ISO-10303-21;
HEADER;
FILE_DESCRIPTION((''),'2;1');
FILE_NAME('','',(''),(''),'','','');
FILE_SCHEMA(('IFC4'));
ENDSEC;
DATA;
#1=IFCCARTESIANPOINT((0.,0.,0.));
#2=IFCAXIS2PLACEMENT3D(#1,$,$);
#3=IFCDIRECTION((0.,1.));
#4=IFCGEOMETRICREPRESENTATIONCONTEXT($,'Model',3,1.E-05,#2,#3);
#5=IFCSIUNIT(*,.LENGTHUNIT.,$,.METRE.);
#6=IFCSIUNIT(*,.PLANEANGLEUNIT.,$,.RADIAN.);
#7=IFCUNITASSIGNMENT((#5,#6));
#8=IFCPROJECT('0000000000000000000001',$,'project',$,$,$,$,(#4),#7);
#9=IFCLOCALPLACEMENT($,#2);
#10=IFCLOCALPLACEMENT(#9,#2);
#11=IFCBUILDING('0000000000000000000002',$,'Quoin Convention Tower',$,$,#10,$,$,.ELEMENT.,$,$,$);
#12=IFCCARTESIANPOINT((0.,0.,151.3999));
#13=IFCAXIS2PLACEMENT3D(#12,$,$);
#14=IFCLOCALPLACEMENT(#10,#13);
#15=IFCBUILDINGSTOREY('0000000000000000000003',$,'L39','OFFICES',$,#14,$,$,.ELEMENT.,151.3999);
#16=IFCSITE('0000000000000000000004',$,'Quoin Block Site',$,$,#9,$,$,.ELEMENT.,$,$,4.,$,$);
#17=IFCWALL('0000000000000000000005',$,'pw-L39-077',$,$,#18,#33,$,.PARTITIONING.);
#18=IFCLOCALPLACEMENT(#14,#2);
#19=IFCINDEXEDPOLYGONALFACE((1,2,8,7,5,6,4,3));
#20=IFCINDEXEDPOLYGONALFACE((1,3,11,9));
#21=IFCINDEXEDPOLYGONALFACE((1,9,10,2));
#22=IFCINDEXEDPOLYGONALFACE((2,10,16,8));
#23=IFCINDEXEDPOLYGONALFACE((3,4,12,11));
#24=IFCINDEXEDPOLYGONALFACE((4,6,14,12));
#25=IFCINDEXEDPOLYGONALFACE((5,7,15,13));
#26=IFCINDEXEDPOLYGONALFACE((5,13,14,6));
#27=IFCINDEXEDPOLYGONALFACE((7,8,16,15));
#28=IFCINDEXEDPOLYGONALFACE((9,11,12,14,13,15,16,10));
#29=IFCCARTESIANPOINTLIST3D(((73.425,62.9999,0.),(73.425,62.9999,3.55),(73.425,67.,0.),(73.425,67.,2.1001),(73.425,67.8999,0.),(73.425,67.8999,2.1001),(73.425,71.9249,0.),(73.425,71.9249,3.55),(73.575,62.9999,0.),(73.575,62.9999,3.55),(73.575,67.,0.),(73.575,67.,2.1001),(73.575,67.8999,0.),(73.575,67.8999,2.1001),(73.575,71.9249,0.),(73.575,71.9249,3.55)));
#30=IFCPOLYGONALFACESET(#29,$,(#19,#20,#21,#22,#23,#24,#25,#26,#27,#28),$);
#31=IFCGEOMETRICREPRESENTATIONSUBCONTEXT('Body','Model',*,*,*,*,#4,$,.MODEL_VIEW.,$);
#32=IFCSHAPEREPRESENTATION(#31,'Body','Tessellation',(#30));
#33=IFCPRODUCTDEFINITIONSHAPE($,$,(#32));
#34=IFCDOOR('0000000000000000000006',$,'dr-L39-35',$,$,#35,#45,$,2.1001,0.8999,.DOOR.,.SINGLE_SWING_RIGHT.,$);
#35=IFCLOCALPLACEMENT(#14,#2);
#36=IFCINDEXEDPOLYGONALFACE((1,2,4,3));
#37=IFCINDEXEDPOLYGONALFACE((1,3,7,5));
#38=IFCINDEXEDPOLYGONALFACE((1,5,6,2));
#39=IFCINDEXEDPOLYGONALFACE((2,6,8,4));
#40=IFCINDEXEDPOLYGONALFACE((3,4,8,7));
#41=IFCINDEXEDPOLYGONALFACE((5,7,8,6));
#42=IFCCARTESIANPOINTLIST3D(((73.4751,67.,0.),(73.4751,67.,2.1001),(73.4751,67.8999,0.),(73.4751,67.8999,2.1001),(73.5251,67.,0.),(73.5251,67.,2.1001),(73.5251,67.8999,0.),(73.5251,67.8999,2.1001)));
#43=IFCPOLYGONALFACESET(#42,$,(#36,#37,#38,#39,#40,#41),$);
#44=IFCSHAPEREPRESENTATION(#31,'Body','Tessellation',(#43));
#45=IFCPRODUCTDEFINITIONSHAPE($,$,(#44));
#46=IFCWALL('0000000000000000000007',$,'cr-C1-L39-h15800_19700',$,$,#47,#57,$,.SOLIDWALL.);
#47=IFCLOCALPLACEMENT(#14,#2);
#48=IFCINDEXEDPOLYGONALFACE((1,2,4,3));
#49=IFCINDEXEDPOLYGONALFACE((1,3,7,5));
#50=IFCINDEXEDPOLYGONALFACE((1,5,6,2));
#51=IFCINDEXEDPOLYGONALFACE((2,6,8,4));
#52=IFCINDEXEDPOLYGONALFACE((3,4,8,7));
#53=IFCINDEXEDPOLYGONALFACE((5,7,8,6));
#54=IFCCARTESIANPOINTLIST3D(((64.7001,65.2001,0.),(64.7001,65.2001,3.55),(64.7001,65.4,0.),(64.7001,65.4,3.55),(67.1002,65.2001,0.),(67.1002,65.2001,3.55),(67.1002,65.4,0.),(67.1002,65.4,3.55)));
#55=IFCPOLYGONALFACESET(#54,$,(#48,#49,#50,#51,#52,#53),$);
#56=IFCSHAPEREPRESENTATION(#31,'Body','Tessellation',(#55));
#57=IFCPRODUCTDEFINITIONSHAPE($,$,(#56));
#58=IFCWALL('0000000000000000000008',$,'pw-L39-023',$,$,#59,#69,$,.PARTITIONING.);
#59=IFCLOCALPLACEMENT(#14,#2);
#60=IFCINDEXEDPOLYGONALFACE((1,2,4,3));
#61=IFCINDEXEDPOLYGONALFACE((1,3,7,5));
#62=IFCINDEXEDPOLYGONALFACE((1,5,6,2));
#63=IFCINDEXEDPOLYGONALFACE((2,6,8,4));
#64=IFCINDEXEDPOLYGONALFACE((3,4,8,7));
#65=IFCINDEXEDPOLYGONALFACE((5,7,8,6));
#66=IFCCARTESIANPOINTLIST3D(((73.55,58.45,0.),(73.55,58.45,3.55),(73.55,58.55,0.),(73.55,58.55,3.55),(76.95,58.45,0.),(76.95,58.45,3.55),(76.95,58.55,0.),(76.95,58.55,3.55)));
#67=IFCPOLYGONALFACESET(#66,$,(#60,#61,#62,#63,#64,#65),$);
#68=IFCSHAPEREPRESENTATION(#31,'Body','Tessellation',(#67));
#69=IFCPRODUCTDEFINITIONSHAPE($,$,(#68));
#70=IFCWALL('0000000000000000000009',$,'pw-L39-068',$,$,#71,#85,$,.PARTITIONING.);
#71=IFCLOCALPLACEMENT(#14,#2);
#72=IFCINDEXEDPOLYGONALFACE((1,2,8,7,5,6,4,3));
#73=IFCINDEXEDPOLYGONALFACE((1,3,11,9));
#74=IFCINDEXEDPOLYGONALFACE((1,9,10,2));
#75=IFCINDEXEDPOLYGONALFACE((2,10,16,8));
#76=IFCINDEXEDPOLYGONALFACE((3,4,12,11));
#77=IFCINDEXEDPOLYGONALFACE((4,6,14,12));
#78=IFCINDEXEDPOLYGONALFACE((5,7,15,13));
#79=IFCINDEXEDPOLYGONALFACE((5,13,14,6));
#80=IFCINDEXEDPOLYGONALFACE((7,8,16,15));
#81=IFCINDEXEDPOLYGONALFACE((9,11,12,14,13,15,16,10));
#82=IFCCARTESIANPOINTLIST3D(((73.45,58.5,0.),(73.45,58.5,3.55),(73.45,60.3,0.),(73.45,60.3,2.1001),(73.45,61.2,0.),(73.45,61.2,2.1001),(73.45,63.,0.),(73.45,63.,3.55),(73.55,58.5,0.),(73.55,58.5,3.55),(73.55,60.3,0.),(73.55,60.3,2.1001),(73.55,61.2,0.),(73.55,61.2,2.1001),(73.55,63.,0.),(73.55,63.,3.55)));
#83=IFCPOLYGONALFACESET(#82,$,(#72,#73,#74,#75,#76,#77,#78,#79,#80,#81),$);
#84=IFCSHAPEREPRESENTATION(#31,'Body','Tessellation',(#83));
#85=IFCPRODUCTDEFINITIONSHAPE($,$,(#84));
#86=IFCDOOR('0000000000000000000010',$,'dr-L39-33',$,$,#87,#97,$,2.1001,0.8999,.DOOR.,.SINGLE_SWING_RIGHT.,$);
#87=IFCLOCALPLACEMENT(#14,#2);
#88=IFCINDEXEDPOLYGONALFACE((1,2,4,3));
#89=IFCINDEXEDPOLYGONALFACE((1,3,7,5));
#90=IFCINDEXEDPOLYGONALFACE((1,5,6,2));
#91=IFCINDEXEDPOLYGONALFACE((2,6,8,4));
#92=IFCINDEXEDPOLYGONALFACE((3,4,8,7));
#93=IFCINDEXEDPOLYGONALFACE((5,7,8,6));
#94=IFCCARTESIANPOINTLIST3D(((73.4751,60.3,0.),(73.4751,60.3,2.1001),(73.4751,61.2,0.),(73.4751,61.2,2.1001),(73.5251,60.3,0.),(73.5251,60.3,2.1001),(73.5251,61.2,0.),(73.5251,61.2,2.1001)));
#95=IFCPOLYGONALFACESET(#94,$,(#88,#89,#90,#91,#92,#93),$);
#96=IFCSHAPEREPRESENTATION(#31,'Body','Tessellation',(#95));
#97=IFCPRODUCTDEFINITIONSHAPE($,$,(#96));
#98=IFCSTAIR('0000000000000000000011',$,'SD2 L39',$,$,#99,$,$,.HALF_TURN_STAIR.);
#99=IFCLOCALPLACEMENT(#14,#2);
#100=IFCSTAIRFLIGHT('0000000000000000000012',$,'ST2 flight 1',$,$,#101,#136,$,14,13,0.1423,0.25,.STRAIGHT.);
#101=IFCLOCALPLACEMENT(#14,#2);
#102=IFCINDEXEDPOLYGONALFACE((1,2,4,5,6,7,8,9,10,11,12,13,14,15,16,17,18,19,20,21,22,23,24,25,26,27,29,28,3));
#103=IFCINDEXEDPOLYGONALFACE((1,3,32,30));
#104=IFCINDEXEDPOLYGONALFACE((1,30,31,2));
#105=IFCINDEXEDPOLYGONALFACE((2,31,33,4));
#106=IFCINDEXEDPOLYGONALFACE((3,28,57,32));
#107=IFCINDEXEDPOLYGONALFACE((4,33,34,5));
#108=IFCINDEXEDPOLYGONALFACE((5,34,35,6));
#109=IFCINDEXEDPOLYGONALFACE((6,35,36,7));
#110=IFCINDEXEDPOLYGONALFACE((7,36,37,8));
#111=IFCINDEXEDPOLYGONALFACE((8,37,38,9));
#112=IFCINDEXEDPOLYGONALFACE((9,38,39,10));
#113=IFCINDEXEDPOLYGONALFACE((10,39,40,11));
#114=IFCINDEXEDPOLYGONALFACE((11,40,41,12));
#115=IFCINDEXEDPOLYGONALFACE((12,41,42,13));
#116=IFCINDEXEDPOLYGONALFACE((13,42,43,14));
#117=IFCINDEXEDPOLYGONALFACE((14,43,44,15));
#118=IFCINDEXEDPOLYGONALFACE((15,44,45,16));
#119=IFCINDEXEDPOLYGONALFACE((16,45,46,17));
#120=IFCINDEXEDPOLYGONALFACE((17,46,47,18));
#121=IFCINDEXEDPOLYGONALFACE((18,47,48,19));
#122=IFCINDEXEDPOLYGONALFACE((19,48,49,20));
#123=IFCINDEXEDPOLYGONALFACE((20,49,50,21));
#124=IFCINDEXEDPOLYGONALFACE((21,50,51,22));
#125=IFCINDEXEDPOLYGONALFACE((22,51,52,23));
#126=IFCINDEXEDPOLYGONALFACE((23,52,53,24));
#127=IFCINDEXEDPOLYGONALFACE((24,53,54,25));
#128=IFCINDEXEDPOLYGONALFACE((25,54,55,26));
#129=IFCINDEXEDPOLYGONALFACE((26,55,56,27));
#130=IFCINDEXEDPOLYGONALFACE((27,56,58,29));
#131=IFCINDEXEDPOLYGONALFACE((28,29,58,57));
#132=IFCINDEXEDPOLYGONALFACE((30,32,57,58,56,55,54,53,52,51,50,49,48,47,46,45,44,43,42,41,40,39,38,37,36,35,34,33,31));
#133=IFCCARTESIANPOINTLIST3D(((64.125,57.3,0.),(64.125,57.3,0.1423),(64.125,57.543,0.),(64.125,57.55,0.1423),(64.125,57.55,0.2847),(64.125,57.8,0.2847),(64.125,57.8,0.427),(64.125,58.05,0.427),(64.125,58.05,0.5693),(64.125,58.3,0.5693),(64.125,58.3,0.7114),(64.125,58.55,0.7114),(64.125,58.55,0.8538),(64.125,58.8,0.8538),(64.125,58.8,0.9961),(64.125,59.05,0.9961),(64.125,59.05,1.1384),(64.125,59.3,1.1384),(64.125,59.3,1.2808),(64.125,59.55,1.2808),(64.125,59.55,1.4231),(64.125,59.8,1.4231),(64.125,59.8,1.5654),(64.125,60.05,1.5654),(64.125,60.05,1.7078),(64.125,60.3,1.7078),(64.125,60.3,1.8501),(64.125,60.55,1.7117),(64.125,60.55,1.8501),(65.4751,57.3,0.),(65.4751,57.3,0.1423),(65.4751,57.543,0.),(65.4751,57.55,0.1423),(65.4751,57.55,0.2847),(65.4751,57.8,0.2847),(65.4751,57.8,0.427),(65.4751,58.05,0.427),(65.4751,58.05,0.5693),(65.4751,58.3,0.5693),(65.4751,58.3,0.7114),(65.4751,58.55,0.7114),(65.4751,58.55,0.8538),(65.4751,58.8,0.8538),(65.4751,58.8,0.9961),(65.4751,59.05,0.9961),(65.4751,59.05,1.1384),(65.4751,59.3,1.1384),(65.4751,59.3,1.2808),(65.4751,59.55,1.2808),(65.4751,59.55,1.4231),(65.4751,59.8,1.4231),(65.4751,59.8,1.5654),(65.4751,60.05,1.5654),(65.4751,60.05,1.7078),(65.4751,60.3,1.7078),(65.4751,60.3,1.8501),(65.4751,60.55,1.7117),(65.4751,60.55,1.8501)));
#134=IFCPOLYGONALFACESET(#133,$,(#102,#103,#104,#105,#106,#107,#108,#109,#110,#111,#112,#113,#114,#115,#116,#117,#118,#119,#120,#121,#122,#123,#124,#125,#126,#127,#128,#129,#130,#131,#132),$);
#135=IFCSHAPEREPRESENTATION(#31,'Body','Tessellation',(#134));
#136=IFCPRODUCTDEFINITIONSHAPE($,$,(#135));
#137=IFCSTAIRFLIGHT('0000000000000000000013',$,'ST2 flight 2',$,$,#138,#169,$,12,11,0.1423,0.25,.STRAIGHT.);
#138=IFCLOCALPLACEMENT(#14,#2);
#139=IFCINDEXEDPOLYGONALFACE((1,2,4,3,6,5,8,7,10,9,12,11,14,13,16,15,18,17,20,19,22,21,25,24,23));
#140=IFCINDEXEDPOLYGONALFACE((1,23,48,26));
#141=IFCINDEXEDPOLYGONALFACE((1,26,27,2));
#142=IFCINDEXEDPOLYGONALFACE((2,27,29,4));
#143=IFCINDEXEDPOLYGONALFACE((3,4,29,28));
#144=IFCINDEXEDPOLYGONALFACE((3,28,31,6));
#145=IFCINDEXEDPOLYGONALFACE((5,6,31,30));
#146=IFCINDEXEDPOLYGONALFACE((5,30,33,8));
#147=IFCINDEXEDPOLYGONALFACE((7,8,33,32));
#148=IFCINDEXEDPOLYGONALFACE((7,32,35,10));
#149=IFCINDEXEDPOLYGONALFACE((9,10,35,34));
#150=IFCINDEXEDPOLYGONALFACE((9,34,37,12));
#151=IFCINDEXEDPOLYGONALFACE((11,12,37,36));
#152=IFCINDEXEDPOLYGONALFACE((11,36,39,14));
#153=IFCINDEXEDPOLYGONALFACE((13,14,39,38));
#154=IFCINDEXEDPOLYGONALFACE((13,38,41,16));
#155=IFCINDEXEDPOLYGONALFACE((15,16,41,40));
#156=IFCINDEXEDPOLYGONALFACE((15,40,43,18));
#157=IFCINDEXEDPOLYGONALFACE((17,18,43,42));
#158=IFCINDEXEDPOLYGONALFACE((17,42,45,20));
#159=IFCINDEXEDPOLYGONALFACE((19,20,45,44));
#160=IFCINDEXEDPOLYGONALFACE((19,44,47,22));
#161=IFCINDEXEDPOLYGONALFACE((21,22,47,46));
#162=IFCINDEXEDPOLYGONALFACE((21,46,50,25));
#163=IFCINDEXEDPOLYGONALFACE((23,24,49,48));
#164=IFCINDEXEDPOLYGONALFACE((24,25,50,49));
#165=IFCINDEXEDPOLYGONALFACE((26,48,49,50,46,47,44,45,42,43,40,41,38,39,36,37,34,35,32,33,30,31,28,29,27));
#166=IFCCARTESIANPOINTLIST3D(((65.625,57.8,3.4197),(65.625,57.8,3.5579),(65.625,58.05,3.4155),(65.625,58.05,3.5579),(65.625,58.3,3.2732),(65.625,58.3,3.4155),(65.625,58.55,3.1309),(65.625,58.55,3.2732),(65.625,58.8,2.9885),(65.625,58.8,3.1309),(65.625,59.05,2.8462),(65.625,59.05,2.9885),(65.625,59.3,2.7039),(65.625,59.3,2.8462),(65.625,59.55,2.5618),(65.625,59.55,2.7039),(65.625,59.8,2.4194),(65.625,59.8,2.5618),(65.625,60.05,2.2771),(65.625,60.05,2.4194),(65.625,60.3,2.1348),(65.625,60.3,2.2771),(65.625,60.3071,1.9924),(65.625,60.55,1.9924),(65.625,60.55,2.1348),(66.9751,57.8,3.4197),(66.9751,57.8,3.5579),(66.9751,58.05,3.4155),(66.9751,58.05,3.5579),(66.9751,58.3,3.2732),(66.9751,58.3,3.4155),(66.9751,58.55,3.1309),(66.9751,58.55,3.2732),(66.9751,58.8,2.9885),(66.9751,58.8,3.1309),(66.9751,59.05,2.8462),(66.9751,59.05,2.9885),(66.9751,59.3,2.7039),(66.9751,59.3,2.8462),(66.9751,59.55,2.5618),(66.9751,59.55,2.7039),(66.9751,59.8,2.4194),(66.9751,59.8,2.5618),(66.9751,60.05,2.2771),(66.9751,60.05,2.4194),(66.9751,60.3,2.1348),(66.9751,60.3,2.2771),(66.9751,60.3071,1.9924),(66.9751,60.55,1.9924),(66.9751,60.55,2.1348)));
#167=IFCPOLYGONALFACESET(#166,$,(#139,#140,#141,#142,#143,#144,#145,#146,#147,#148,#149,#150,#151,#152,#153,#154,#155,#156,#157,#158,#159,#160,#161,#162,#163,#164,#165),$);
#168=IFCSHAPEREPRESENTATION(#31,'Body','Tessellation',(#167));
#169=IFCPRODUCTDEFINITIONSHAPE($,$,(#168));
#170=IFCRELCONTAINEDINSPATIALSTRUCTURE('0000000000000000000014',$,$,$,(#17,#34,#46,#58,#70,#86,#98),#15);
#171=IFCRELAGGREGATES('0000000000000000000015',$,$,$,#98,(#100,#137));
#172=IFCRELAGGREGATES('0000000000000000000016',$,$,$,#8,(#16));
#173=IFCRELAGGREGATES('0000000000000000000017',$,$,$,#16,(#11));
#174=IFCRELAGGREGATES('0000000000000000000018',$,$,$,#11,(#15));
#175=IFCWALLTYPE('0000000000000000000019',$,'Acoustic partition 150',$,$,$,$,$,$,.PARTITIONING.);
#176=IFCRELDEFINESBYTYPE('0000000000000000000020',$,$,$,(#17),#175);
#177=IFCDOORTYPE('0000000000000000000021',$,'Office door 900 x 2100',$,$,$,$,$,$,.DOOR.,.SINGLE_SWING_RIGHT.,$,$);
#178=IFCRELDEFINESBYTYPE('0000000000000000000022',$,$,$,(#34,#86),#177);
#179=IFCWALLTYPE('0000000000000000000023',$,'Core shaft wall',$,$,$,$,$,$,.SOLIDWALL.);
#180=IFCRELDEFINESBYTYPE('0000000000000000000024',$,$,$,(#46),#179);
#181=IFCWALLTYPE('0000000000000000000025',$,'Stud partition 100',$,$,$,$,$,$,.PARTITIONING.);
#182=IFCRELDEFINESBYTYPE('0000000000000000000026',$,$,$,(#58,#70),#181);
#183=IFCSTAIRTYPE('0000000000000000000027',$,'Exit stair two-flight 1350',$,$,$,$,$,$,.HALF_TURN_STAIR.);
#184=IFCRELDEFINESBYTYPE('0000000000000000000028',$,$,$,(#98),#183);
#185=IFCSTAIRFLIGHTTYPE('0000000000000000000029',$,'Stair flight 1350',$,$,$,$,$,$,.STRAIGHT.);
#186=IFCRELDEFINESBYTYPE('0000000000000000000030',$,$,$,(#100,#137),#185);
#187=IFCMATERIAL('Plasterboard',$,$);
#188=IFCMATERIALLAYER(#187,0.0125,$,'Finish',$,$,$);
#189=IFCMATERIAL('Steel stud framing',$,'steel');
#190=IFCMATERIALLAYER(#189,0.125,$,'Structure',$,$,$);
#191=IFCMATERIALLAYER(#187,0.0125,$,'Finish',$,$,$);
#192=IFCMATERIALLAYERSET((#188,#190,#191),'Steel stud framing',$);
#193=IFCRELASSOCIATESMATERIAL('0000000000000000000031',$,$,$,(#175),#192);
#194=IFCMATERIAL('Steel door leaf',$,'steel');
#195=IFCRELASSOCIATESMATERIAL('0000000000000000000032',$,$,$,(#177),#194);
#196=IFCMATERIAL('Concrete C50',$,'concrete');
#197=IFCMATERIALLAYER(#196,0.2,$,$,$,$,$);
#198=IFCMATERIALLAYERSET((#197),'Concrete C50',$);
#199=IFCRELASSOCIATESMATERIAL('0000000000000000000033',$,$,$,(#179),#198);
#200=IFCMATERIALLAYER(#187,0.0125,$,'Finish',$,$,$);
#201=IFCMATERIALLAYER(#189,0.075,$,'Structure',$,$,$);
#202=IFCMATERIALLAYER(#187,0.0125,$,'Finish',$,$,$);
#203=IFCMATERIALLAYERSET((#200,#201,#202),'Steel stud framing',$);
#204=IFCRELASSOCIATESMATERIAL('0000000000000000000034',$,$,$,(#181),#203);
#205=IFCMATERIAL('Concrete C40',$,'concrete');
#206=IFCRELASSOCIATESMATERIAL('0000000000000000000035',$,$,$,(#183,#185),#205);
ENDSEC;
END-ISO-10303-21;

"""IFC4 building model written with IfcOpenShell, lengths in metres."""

from ifc_helpers import new_model, si_unit, direction, frame, frame_2d, origin, place, context, subcontext, project, spatial, polyline, rectangle, outline, extrude, material, layer, layer_set, type_object, element, fill, aggregate, save


model = new_model("IFC4")

# Units and contexts
model_context = context("Model", 3, precision=1e-05, world=origin(), true_north=direction((0.0, 1.0)))
body_context = subcontext(model_context, "Body", "Model", "MODEL_VIEW")
ifc_project = project(units=[si_unit("LENGTHUNIT", "METRE"), si_unit("PLANEANGLEUNIT", "RADIAN")], contexts=[model_context])

# Site, building, storey
site_placement = place(None, origin())
site = spatial("IfcSite", under=ifc_project, at=site_placement, Name="Quoin Block Site", CompositionType="ELEMENT", RefElevation=4.0)
building_placement = place(site_placement, origin())
building = spatial("IfcBuilding", under=site, at=building_placement, Name="Quoin Convention Tower", CompositionType="ELEMENT")
storey_placement = place(building_placement, frame((0.0, 0.0, 151.3999)))
storey = spatial("IfcBuildingStorey", under=building, at=storey_placement, Name="L39", Description="OFFICES", CompositionType="ELEMENT", Elevation=151.3999)

# Shared definitions
ifc_material_1 = material(Name="Concrete C50", Category="concrete")

# Shared definitions
ifc_material_2 = material(Name="Plasterboard")
ifc_layer_1 = layer(ifc_material_2, 0.0125, Name="Finish")
ifc_material_3 = material(Name="Steel stud framing", Category="steel")
ifc_layer_2 = layer(ifc_material_3, 0.125, Name="Structure")
ifc_layer_3 = layer(ifc_material_2, 0.0125, Name="Finish")
ifc_layer_set_1 = layer_set([ifc_layer_1, ifc_layer_2, ifc_layer_3], Name="Steel stud framing")
wall_type_1 = type_object("IfcWallType", Name="Acoustic partition 150", PredefinedType="PARTITIONING", material=ifc_layer_set_1)

# Wall, opening, door
wall_1_placement = place(storey_placement, frame((73.5, 63.0, 0.0), z_axis=(0.0, 0.0, 1.0), x_axis=(0.0, 1.0, 0.0)))
wall_1 = element("IfcWall", 1, at=wall_1_placement, inside=storey, type_object=wall_type_1, Name="pw-L39-077", PredefinedType="PARTITIONING", context=body_context, shape_type="SweptSolid", body=[
    extrude(rectangle(XDim=8.925, YDim=0.1499, at=frame_2d((4.4624, 0.0))), origin(), (0.0, 0.0, 1.0), 3.55),
])
opening_1_placement = place(wall_1_placement, frame((4.0, 0.0, 0.0)))
opening_1 = element("IfcOpeningElement", 2, at=opening_1_placement, cuts=wall_1, PredefinedType="OPENING", context=body_context, shape_type="SweptSolid", body=[
    extrude(rectangle(XDim=0.8999, YDim=2.1001, at=frame_2d((0.45, 1.05))), frame((0.0, 0.085, 0.0), z_axis=(0.0, -1.0, 0.0), x_axis=(1.0, 0.0, 0.0)), (0.0, 0.0, 1.0), 0.1699),
])
ifc_material_4 = material(Name="Steel door leaf", Category="steel")
door_type = type_object("IfcDoorType", Name="Office door 900 x 2100", OperationType="SINGLE_SWING_RIGHT", PredefinedType="DOOR", material=ifc_material_4)
door_1_placement = place(opening_1_placement, origin())
door_1 = element("IfcDoor", 3, at=door_1_placement, inside=storey, type_object=door_type, Name="dr-L39-35", OperationType="SINGLE_SWING_RIGHT", OverallHeight=2.1001, OverallWidth=0.8999, PredefinedType="DOOR", context=body_context, shape_type="SweptSolid", body=[
    extrude(rectangle(XDim=0.8999, YDim=2.1001, at=frame_2d((0.45, 1.05))), frame((0.0, 0.0249, 0.0), z_axis=(0.0, -1.0, 0.0), x_axis=(1.0, 0.0, 0.0)), (0.0, 0.0, 1.0), 0.05),
])
fill(opening_1, door_1)

# Walls
ifc_layer_4 = layer(ifc_material_1, 0.2)
ifc_layer_set_2 = layer_set([ifc_layer_4], Name="Concrete C50")
wall_type_2 = type_object("IfcWallType", Name="Core shaft wall", PredefinedType="SOLIDWALL", material=ifc_layer_set_2)
wall_2_placement = place(storey_placement, frame((64.7, 65.3, 0.0), z_axis=(0.0, 0.0, 1.0), x_axis=(1.0, 0.0, 0.0)))
element("IfcWall", 4, at=wall_2_placement, inside=storey, type_object=wall_type_2, Name="cr-C1-L39-h15800_19700", PredefinedType="SOLIDWALL", context=body_context, shape_type="SweptSolid", body=[
    extrude(rectangle(XDim=2.4001, YDim=0.2, at=frame_2d((1.2002, 0.0))), origin(), (0.0, 0.0, 1.0), 3.55),
])
ifc_layer_5 = layer(ifc_material_2, 0.0125, Name="Finish")
ifc_layer_6 = layer(ifc_material_3, 0.075, Name="Structure")
ifc_layer_7 = layer(ifc_material_2, 0.0125, Name="Finish")
ifc_layer_set_3 = layer_set([ifc_layer_5, ifc_layer_6, ifc_layer_7], Name="Steel stud framing")
wall_type_3 = type_object("IfcWallType", Name="Stud partition 100", PredefinedType="PARTITIONING", material=ifc_layer_set_3)
wall_3_placement = place(storey_placement, frame((73.55, 58.5, 0.0), z_axis=(0.0, 0.0, 1.0), x_axis=(1.0, 0.0, 0.0)))
element("IfcWall", 5, at=wall_3_placement, inside=storey, type_object=wall_type_3, Name="pw-L39-023", PredefinedType="PARTITIONING", context=body_context, shape_type="SweptSolid", body=[
    extrude(rectangle(XDim=3.3999, YDim=0.1001, at=frame_2d((1.7, 0.0))), origin(), (0.0, 0.0, 1.0), 3.55),
])

# Wall, opening, door
wall_4_placement = place(storey_placement, frame((73.5, 58.5, 0.0), z_axis=(0.0, 0.0, 1.0), x_axis=(0.0, 1.0, 0.0)))
wall_4 = element("IfcWall", 6, at=wall_4_placement, inside=storey, type_object=wall_type_3, Name="pw-L39-068", PredefinedType="PARTITIONING", context=body_context, shape_type="SweptSolid", body=[
    extrude(rectangle(XDim=4.5, YDim=0.1001, at=frame_2d((2.25, 0.0))), origin(), (0.0, 0.0, 1.0), 3.55),
])
opening_2_placement = place(wall_4_placement, frame((1.8, 0.0, 0.0)))
opening_2 = element("IfcOpeningElement", 7, at=opening_2_placement, cuts=wall_4, PredefinedType="OPENING", context=body_context, shape_type="SweptSolid", body=[
    extrude(rectangle(XDim=0.8999, YDim=2.1001, at=frame_2d((0.45, 1.05))), frame((0.0, 0.0601, 0.0), z_axis=(0.0, -1.0, 0.0), x_axis=(1.0, 0.0, 0.0)), (0.0, 0.0, 1.0), 0.1201),
])
door_2_placement = place(opening_2_placement, origin())
door_2 = element("IfcDoor", 8, at=door_2_placement, inside=storey, type_object=door_type, Name="dr-L39-33", OperationType="SINGLE_SWING_RIGHT", OverallHeight=2.1001, OverallWidth=0.8999, PredefinedType="DOOR", context=body_context, shape_type="SweptSolid", body=[
    extrude(rectangle(XDim=0.8999, YDim=2.1001, at=frame_2d((0.45, 1.05))), frame((0.0, 0.0249, 0.0), z_axis=(0.0, -1.0, 0.0), x_axis=(1.0, 0.0, 0.0)), (0.0, 0.0, 1.0), 0.05),
])
fill(opening_2, door_2)

# Stair, stair flights
ifc_material_5 = material(Name="Concrete C40", Category="concrete")
stair_type = type_object("IfcStairType", Name="Exit stair two-flight 1350", PredefinedType="HALF_TURN_STAIR", material=ifc_material_5)
stair_placement = place(storey_placement, origin())
stair = element("IfcStair", 9, at=stair_placement, inside=storey, type_object=stair_type, Name="SD2 L39", PredefinedType="HALF_TURN_STAIR")
stair_flight_type = type_object("IfcStairFlightType", Name="Stair flight 1350", PredefinedType="STRAIGHT", material=ifc_material_5)
stair_flight_1_placement = place(storey_placement, frame((64.8, 57.3, 0.0), z_axis=(0.0, 0.0, 1.0), x_axis=(0.0, 1.0, 0.0)))
stair_flight_1 = element("IfcStairFlight", 10, at=stair_flight_1_placement, type_object=stair_flight_type, Name="ST2 flight 1", NumberOfRisers=14, NumberOfTreads=13, PredefinedType="STRAIGHT", RiserHeight=0.1423, TreadLength=0.25, context=body_context, shape_type="SweptSolid", body=[
    extrude(outline(polyline([(0.0, 0.0), (0.0, 0.1423), (0.25, 0.1423), (0.25, 0.2847), (0.5, 0.2847), (0.5, 0.427), (0.75, 0.427), (0.75, 0.5693), (1.0, 0.5693), (1.0, 0.7114), (1.25, 0.7114), (1.25, 0.8538), (1.5, 0.8538), (1.5, 0.9961), (1.75, 0.9961), (1.75, 1.1384), (2.0, 1.1384), (2.0, 1.2808), (2.25, 1.2808), (2.25, 1.4231), (2.5, 1.4231), (2.5, 1.5654), (2.75, 1.5654), (2.75, 1.7078), (3.0, 1.7078), (3.0, 1.8501), (3.25, 1.8501), (3.25, 1.9922), (3.25, 1.7117), (0.2429, 0.0), (0.0, 0.0)])), frame((0.0, 0.675, 0.0), z_axis=(0.0, -1.0, 0.0), x_axis=(1.0, 0.0, 0.0)), (0.0, 0.0, 1.0), 1.3501),
])
stair_flight_2_placement = place(storey_placement, frame((66.3, 60.55, 1.9924), z_axis=(0.0, 0.0, 1.0), x_axis=(0.0, -1.0, 0.0)))
stair_flight_2 = element("IfcStairFlight", 11, at=stair_flight_2_placement, type_object=stair_flight_type, Name="ST2 flight 2", NumberOfRisers=12, NumberOfTreads=11, PredefinedType="STRAIGHT", RiserHeight=0.1423, TreadLength=0.25, context=body_context, shape_type="SweptSolid", body=[
    extrude(outline(polyline([(0.0, 0.0), (0.0, 0.1423), (0.25, 0.1423), (0.25, 0.2847), (0.5, 0.2847), (0.5, 0.427), (0.75, 0.427), (0.75, 0.5693), (1.0, 0.5693), (1.0, 0.7114), (1.25, 0.7114), (1.25, 0.8538), (1.5, 0.8538), (1.5, 0.9961), (1.75, 0.9961), (1.75, 1.1384), (2.0, 1.1384), (2.0, 1.2808), (2.25, 1.2808), (2.25, 1.4231), (2.5, 1.4231), (2.5, 1.5654), (2.75, 1.5654), (2.75, 1.7078), (2.75, 1.4272), (0.2429, 0.0), (0.0, 0.0)])), frame((0.0, 0.675, 0.0), z_axis=(0.0, -1.0, 0.0), x_axis=(1.0, 0.0, 0.0)), (0.0, 0.0, 1.0), 1.3501),
])
aggregate(stair, [stair_flight_1, stair_flight_2])

save(model, "model.ifc")
